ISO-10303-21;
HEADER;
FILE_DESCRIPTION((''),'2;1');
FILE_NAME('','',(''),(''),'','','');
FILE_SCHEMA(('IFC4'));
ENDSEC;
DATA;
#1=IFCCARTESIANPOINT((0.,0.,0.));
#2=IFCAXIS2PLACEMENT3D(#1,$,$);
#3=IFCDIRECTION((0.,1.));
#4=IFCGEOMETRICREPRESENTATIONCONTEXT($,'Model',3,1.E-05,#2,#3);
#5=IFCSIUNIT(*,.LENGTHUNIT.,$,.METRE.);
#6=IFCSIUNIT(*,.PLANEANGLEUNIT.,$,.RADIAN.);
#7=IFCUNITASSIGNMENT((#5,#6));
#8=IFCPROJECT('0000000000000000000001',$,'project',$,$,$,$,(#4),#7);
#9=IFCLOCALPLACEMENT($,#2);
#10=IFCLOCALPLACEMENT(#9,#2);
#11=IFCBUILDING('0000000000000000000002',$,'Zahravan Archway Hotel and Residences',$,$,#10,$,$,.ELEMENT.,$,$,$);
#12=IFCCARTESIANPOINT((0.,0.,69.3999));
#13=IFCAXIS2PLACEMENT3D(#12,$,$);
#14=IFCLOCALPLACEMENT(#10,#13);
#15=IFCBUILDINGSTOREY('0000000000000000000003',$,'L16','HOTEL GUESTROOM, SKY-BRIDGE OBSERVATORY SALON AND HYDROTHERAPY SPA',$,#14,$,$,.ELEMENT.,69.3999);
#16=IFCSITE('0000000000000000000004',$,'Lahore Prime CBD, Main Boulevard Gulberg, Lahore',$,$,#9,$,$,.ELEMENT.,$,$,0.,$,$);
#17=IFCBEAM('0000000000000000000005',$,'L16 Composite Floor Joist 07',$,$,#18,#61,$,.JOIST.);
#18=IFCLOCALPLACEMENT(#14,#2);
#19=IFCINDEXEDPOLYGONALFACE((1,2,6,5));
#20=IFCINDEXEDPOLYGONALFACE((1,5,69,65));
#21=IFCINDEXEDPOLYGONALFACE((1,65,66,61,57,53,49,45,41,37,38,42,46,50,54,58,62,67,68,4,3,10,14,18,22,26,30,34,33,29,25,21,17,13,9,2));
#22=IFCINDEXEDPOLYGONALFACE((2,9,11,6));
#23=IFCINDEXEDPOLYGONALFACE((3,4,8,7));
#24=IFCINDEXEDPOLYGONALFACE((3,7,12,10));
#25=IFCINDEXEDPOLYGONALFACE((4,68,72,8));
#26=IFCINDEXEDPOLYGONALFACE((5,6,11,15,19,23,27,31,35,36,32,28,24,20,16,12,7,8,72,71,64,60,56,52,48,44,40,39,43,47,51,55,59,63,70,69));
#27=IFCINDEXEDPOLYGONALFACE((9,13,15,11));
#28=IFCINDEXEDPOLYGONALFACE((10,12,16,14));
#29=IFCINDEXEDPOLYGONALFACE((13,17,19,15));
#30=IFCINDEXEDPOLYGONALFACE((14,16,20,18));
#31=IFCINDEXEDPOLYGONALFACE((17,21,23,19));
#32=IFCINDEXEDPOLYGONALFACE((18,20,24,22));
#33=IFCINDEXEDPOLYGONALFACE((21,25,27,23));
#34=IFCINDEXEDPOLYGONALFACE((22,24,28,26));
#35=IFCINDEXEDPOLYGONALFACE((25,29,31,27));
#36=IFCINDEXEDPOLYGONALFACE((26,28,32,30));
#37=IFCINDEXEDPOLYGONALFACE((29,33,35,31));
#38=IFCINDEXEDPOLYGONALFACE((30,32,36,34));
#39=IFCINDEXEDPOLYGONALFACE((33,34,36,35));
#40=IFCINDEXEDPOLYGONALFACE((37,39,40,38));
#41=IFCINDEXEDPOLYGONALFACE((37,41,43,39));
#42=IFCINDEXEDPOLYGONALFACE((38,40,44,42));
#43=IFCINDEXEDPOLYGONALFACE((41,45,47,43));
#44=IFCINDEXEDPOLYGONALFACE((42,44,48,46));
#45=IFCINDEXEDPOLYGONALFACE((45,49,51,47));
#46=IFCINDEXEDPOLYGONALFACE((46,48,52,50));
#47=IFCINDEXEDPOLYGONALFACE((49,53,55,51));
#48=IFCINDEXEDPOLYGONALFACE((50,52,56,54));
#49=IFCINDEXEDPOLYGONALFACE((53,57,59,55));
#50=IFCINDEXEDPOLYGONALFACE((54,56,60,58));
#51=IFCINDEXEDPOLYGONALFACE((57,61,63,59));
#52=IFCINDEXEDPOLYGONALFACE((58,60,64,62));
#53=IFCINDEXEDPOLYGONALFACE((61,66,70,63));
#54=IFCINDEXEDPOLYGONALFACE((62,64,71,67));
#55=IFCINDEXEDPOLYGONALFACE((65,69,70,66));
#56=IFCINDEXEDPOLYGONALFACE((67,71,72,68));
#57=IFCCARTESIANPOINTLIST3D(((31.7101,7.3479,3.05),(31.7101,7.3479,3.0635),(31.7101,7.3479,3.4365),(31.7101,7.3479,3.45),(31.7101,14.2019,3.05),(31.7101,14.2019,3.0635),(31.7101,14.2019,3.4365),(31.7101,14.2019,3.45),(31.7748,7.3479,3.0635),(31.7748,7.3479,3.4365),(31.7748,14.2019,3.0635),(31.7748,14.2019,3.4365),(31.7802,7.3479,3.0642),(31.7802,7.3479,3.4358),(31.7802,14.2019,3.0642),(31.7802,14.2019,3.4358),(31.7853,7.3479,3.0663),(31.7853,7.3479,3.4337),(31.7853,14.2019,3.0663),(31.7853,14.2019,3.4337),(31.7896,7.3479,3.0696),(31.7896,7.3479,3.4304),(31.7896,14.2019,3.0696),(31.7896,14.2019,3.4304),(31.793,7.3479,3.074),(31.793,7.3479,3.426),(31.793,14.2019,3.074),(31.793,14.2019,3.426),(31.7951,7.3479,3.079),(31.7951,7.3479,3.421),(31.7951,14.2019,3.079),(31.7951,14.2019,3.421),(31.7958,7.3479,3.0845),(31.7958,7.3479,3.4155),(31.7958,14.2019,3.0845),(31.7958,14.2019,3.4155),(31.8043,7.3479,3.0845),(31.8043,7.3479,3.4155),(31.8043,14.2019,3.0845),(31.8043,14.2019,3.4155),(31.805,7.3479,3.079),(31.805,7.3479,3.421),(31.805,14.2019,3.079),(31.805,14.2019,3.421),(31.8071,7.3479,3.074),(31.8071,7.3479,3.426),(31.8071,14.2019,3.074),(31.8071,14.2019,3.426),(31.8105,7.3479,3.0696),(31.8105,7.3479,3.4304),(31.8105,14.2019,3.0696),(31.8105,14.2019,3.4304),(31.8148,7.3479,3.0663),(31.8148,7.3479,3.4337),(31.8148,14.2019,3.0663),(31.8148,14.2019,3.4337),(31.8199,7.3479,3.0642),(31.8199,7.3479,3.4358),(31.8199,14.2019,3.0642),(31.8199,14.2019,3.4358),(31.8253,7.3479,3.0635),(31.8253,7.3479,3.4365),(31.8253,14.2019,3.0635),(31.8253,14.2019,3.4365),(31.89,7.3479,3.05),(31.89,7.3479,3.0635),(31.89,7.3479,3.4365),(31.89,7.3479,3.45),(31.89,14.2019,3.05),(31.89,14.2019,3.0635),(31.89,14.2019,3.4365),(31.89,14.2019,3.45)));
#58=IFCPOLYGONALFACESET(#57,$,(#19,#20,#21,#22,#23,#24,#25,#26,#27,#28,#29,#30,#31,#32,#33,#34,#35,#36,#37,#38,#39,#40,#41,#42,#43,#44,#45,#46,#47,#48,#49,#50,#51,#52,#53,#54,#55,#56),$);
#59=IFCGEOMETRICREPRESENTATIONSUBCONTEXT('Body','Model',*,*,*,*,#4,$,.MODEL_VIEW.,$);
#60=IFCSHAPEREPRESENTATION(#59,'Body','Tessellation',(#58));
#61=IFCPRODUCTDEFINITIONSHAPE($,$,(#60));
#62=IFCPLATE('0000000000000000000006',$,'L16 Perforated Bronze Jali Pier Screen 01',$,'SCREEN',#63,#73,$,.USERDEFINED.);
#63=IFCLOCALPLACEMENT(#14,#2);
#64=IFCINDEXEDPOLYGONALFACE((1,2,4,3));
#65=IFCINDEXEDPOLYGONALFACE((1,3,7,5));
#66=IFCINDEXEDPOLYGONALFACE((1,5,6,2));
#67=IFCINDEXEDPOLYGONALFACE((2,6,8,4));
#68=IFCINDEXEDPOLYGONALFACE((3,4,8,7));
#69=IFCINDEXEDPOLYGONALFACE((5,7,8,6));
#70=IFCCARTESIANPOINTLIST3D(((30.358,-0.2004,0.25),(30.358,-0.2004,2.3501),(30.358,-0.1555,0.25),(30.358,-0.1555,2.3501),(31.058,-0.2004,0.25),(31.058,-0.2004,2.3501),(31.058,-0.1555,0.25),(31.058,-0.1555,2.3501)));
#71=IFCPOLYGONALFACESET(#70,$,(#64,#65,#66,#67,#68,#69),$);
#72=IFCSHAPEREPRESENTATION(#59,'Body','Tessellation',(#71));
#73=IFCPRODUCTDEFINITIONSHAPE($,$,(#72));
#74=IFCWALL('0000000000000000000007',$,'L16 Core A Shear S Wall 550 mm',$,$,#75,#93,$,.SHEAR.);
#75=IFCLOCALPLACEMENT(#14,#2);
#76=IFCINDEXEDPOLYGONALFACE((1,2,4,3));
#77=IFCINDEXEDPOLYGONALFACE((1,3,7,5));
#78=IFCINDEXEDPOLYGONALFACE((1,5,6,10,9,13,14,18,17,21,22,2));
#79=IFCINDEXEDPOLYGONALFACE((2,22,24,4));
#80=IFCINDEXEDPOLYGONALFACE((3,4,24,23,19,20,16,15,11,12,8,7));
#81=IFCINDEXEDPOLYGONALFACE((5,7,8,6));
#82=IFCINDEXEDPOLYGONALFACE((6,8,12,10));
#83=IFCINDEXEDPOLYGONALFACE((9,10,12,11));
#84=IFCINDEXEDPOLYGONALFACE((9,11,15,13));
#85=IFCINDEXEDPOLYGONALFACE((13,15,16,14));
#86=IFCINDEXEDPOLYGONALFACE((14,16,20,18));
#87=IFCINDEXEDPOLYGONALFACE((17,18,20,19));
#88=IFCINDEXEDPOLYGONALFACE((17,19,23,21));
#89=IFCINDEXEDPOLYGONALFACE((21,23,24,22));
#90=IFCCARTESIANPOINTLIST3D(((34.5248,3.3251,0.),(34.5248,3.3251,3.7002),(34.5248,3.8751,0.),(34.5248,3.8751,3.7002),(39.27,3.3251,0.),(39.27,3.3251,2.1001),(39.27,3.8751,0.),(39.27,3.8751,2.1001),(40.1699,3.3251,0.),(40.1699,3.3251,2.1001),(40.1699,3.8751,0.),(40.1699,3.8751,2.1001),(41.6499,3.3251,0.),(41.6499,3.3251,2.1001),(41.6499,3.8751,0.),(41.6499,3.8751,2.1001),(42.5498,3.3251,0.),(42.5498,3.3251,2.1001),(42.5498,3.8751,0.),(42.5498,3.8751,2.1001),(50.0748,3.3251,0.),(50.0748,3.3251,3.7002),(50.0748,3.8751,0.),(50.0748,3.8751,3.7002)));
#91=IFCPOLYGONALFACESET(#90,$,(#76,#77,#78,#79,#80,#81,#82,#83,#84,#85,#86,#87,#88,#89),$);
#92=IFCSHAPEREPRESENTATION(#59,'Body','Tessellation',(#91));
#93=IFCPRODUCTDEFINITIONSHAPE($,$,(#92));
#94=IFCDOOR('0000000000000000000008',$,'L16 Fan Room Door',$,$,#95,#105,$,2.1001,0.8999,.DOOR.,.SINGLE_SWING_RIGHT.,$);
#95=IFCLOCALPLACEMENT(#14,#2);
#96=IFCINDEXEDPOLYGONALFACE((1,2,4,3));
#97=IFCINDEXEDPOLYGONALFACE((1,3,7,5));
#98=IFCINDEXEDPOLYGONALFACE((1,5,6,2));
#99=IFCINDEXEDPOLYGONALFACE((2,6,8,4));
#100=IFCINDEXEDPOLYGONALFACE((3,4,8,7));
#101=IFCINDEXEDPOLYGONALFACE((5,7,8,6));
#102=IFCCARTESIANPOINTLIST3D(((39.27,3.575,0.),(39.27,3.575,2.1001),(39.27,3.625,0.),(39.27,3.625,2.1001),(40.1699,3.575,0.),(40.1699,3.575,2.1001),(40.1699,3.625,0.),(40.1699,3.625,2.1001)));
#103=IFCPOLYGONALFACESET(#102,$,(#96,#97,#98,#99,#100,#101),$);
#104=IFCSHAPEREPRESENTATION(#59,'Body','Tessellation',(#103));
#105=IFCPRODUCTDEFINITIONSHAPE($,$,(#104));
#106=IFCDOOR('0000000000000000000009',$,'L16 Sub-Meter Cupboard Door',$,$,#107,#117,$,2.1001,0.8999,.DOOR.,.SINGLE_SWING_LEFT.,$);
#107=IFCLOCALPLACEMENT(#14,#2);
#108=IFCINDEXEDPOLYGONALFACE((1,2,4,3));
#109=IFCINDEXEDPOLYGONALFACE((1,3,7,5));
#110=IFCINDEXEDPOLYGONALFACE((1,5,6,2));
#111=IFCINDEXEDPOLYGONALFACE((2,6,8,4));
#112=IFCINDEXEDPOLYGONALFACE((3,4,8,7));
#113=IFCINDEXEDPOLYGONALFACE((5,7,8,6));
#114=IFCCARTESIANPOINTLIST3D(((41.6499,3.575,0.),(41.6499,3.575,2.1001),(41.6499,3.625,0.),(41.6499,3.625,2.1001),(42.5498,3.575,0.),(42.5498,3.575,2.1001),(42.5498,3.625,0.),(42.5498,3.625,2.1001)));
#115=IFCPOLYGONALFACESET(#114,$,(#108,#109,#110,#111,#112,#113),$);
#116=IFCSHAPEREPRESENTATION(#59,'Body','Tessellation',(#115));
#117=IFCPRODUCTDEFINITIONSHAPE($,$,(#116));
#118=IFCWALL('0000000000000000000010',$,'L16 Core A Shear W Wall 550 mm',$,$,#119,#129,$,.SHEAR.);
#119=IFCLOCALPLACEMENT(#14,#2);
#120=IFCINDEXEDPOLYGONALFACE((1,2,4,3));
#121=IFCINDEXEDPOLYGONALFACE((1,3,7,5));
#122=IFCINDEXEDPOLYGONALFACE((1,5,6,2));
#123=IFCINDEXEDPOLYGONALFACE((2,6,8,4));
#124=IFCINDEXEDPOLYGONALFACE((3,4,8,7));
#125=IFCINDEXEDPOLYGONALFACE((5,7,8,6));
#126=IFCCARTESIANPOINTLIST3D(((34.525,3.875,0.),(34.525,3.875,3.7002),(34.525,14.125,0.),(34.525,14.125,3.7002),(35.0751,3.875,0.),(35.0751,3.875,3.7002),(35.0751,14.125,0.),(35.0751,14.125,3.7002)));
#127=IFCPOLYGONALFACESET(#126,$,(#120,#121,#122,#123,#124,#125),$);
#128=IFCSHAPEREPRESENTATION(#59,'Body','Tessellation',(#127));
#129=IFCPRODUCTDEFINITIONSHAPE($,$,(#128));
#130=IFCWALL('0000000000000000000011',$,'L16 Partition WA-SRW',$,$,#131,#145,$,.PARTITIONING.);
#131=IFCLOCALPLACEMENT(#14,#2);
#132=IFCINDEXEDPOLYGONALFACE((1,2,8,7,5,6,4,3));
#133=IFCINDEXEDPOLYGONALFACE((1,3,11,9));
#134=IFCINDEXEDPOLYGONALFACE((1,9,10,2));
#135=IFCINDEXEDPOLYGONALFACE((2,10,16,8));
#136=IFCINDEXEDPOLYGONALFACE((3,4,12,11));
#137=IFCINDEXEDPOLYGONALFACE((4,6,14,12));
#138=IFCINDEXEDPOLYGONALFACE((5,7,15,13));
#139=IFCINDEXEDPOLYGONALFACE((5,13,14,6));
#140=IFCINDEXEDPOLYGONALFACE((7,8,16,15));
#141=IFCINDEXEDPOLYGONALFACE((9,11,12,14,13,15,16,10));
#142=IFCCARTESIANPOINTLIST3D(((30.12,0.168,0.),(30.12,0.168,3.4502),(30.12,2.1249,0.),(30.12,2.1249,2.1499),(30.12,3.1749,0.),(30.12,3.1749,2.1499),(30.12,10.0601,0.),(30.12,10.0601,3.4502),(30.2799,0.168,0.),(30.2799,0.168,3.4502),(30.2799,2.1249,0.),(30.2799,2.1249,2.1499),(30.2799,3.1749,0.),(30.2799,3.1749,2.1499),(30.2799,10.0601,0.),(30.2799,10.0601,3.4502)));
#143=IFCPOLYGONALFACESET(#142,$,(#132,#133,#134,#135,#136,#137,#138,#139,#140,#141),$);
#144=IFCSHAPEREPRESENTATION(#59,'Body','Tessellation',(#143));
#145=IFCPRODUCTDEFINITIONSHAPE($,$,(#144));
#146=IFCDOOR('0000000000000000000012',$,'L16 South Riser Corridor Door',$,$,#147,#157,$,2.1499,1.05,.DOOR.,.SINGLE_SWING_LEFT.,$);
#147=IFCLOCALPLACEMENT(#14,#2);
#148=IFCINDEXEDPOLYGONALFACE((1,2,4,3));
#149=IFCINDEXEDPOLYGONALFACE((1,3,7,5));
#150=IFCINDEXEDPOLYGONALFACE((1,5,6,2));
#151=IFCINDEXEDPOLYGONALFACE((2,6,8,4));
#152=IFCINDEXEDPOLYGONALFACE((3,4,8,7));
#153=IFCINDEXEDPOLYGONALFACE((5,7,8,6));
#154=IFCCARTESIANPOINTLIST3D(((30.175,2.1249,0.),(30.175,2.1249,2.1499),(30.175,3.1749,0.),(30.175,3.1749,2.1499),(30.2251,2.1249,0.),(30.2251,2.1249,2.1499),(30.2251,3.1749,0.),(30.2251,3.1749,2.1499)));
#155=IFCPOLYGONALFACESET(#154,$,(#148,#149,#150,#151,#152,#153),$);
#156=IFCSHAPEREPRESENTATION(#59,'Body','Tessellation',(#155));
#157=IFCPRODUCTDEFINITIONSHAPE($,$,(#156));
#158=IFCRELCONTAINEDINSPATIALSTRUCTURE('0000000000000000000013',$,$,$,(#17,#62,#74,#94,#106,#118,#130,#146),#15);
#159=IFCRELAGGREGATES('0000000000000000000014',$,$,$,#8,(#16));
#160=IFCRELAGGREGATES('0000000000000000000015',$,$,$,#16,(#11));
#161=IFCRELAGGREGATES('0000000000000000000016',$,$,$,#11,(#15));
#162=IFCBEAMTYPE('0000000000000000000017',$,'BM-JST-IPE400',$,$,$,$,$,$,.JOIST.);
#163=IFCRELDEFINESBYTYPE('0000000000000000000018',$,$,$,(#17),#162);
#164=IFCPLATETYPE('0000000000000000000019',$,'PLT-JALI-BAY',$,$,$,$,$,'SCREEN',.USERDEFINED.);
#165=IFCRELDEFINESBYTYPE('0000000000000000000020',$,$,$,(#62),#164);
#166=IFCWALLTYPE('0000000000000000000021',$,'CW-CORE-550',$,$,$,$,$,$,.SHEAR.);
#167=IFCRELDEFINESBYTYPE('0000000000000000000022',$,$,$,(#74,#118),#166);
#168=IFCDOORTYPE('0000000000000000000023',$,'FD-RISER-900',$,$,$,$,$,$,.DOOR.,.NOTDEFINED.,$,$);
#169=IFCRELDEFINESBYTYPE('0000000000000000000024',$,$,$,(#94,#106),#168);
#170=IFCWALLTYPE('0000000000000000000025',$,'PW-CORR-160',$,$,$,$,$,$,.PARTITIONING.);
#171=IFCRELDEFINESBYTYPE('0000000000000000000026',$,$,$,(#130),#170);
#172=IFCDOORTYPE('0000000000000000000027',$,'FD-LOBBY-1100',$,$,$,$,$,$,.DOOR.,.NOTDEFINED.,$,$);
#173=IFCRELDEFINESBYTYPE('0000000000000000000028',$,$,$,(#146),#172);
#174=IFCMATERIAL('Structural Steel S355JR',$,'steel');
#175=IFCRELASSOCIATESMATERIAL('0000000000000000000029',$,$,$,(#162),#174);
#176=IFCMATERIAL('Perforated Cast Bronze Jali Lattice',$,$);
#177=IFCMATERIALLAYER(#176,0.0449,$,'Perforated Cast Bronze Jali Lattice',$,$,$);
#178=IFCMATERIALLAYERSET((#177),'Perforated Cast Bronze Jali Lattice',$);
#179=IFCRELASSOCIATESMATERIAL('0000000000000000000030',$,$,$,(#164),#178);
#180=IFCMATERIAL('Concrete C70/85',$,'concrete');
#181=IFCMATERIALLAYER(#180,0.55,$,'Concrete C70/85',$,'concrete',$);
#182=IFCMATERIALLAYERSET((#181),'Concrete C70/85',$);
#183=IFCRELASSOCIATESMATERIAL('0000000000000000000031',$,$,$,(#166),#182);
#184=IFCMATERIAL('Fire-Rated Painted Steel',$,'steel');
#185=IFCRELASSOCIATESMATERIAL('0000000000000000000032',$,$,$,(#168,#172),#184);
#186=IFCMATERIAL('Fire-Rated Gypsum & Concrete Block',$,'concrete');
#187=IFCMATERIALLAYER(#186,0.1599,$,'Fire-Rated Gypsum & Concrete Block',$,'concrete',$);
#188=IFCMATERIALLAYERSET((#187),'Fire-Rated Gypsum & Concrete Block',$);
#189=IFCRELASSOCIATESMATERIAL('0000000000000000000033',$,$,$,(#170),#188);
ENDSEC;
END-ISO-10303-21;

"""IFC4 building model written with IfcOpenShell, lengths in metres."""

from ifc_helpers import new_model, si_unit, direction, frame, frame_2d, origin, origin_2d, place, context, subcontext, project, spatial, rectangle, i_section, extrude, source, transform, mapped, material, layer, layer_set, material_profile, profile_set, type_object, type_shapes, element, fill, save


model = new_model("IFC4")

# Units and contexts
model_context = context("Model", 3, precision=1e-05, world=origin(), true_north=direction((0.0, 1.0)))
body_context = subcontext(model_context, "Body", "Model", "MODEL_VIEW")
ifc_project = project(units=[si_unit("LENGTHUNIT", "METRE"), si_unit("PLANEANGLEUNIT", "RADIAN")], contexts=[model_context])

# Site, building, storey
site_placement = place(None, origin())
site = spatial("IfcSite", under=ifc_project, at=site_placement, Name="Lahore Prime CBD, Main Boulevard Gulberg, Lahore", CompositionType="ELEMENT", RefElevation=0.0)
building_placement = place(site_placement, origin())
building = spatial("IfcBuilding", under=site, at=building_placement, Name="Zahravan Archway Hotel and Residences", CompositionType="ELEMENT")
storey_placement = place(building_placement, frame((0.0, 0.0, 69.3999)))
storey = spatial("IfcBuildingStorey", under=building, at=storey_placement, Name="L16", Description="HOTEL GUESTROOM, SKY-BRIDGE OBSERVATORY SALON AND HYDROTHERAPY SPA", CompositionType="ELEMENT", Elevation=69.3999)

# Shared definitions
ifc_material_1 = material(Name="Concrete C70/85", Category="concrete")

# Beam
ifc_material_2 = material(Name="Structural Steel S355JR", Category="steel")
ifc_material_profile_1 = material_profile(ifc_material_2, i_section(OverallWidth=0.1799, OverallDepth=0.3999, WebThickness=0.0085, FlangeThickness=0.0134, FilletRadius=0.021, at=origin_2d()), Name="IPE 400", Category="steel")
ifc_profile_set_1 = profile_set([ifc_material_profile_1], Name="Structural Steel S355JR")
beam_type_1 = type_object("IfcBeamType", Name="BM-JST-IPE400", PredefinedType="JOIST", material=ifc_profile_set_1)
shared_shape_1 = source(origin(), body_context, "Body", "SweptSolid", [
    extrude(i_section(OverallWidth=0.1799, OverallDepth=0.3999, WebThickness=0.0085, FlangeThickness=0.0134, FilletRadius=0.021, at=origin_2d()), origin(), (0.0, 0.0, 1.0), 6.854),
])
beam_1_placement = place(storey_placement, frame((31.8, 7.3479, 3.25), z_axis=(0.0, 1.0, 0.0), x_axis=(-1.0, 0.0, 0.0)))
element("IfcBeam", 1, at=beam_1_placement, inside=storey, type_object=beam_type_1, Name="L16 Composite Floor Joist 07", PredefinedType="JOIST", context=body_context, shape_type="MappedRepresentation", body=[
    mapped(shared_shape_1, transform((0.0, 0.0, 0.0), scale=1.0)),
])

# Plate
ifc_material_3 = material(Name="Perforated Cast Bronze Jali Lattice")
ifc_layer_1 = layer(ifc_material_3, 0.0449, Name="Perforated Cast Bronze Jali Lattice")
ifc_layer_set_1 = layer_set([ifc_layer_1], Name="Perforated Cast Bronze Jali Lattice")
plate_type = type_object("IfcPlateType", Name="PLT-JALI-BAY", ElementType="SCREEN", PredefinedType="USERDEFINED", material=ifc_layer_set_1)
shared_shape_2 = source(origin(), body_context, "Body", "SweptSolid", [
    extrude(rectangle(XDim=0.7, YDim=0.0449, at=origin_2d()), origin(), (0.0, 0.0, 1.0), 2.1001),
])
type_shapes(plate_type, [shared_shape_2])
plate_placement = place(storey_placement, frame((30.708, -0.178, 0.25), z_axis=(0.0, 0.0, 1.0), x_axis=(1.0, 0.0, 0.0)))
element("IfcPlate", 2, at=plate_placement, inside=storey, type_object=plate_type, Name="L16 Perforated Bronze Jali Pier Screen 01", ObjectType="SCREEN", PredefinedType="USERDEFINED", context=body_context, shape_type="MappedRepresentation", body=[
    mapped(shared_shape_2, transform((0.0, 0.0, 0.0), scale=1.0)),
])

# Wall, openings, doors
ifc_layer_2 = layer(ifc_material_1, 0.55, Name="Concrete C70/85", Category="concrete")
ifc_layer_set_2 = layer_set([ifc_layer_2], Name="Concrete C70/85")
wall_type_1 = type_object("IfcWallType", Name="CW-CORE-550", PredefinedType="SHEAR", material=ifc_layer_set_2)
wall_1_placement = place(storey_placement, frame((34.5249, 3.6001, 0.0), z_axis=(0.0, 0.0, 1.0), x_axis=(1.0, 0.0, 0.0)))
wall_1 = element("IfcWall", 3, at=wall_1_placement, inside=storey, type_object=wall_type_1, Name="L16 Core A Shear S Wall 550 mm", PredefinedType="SHEAR", context=body_context, shape_type="SweptSolid", body=[
    extrude(rectangle(XDim=15.55, YDim=0.55, at=frame_2d((7.7749, 0.0))), origin(), (0.0, 0.0, 1.0), 3.7002),
])
opening_1_placement = place(wall_1_placement, frame((4.7451, 0.0, 0.0)))
opening_1 = element("IfcOpeningElement", 4, at=opening_1_placement, cuts=wall_1, PredefinedType="OPENING", context=body_context, shape_type="SweptSolid", body=[
    extrude(rectangle(XDim=0.8999, YDim=2.1001, at=frame_2d((0.45, 1.05))), frame((0.0, 0.2852, 0.0), z_axis=(0.0, -1.0, 0.0), x_axis=(1.0, 0.0, 0.0)), (0.0, 0.0, 1.0), 0.5701),
])
opening_2_placement = place(wall_1_placement, frame((7.125, 0.0, 0.0)))
opening_2 = element("IfcOpeningElement", 5, at=opening_2_placement, cuts=wall_1, PredefinedType="OPENING", context=body_context, shape_type="SweptSolid", body=[
    extrude(rectangle(XDim=0.8999, YDim=2.1001, at=frame_2d((0.45, 1.05))), frame((0.0, 0.2852, 0.0), z_axis=(0.0, -1.0, 0.0), x_axis=(1.0, 0.0, 0.0)), (0.0, 0.0, 1.0), 0.5701),
])
ifc_material_4 = material(Name="Fire-Rated Painted Steel", Category="steel")
door_type_1 = type_object("IfcDoorType", Name="FD-RISER-900", OperationType="NOTDEFINED", PredefinedType="DOOR", material=ifc_material_4)
shared_shape_3 = source(origin(), body_context, "Body", "SweptSolid", [
    extrude(rectangle(XDim=0.8999, YDim=2.1001, at=frame_2d((0.45, 1.05))), frame((0.0, 0.0249, 0.0), z_axis=(0.0, -1.0, 0.0), x_axis=(1.0, 0.0, 0.0)), (0.0, 0.0, 1.0), 0.05),
])
type_shapes(door_type_1, [shared_shape_3])
door_1_placement = place(opening_1_placement, origin())
door_1 = element("IfcDoor", 6, at=door_1_placement, inside=storey, type_object=door_type_1, Name="L16 Fan Room Door", OperationType="SINGLE_SWING_RIGHT", OverallHeight=2.1001, OverallWidth=0.8999, PredefinedType="DOOR", context=body_context, shape_type="MappedRepresentation", body=[
    mapped(shared_shape_3, transform((0.0, 0.0, 0.0), scale=1.0)),
])
fill(opening_1, door_1)
door_2_placement = place(opening_2_placement, origin())
door_2 = element("IfcDoor", 7, at=door_2_placement, inside=storey, type_object=door_type_1, Name="L16 Sub-Meter Cupboard Door", OperationType="SINGLE_SWING_LEFT", OverallHeight=2.1001, OverallWidth=0.8999, PredefinedType="DOOR", context=body_context, shape_type="MappedRepresentation", body=[
    mapped(shared_shape_3, transform((0.0, 0.0, 0.0), scale=1.0)),
])
fill(opening_2, door_2)

# Wall
wall_2_placement = place(storey_placement, frame((34.8, 3.875, 0.0), z_axis=(0.0, 0.0, 1.0), x_axis=(0.0, 1.0, 0.0)))
element("IfcWall", 8, at=wall_2_placement, inside=storey, type_object=wall_type_1, Name="L16 Core A Shear W Wall 550 mm", PredefinedType="SHEAR", context=body_context, shape_type="SweptSolid", body=[
    extrude(rectangle(XDim=10.25, YDim=0.55, at=frame_2d((5.125, 0.0))), origin(), (0.0, 0.0, 1.0), 3.7002),
])

# Wall, opening, door
ifc_material_5 = material(Name="Fire-Rated Gypsum & Concrete Block", Category="concrete")
ifc_layer_3 = layer(ifc_material_5, 0.1599, Name="Fire-Rated Gypsum & Concrete Block", Category="concrete")
ifc_layer_set_3 = layer_set([ifc_layer_3], Name="Fire-Rated Gypsum & Concrete Block")
wall_type_2 = type_object("IfcWallType", Name="PW-CORR-160", PredefinedType="PARTITIONING", material=ifc_layer_set_3)
wall_3_placement = place(storey_placement, frame((30.2, 0.168, 0.0), z_axis=(0.0, 0.0, 1.0), x_axis=(0.0, 1.0, 0.0)))
wall_3 = element("IfcWall", 9, at=wall_3_placement, inside=storey, type_object=wall_type_2, Name="L16 Partition WA-SRW", PredefinedType="PARTITIONING", context=body_context, shape_type="SweptSolid", body=[
    extrude(rectangle(XDim=9.8921, YDim=0.1599, at=frame_2d((4.946, 0.0))), origin(), (0.0, 0.0, 1.0), 3.4502),
])
opening_3_placement = place(wall_3_placement, frame((1.957, 0.0, 0.0)))
opening_3 = element("IfcOpeningElement", 10, at=opening_3_placement, cuts=wall_3, PredefinedType="OPENING", context=body_context, shape_type="SweptSolid", body=[
    extrude(rectangle(XDim=1.05, YDim=2.1499, at=frame_2d((0.5249, 1.075))), frame((0.0, 0.0898, 0.0), z_axis=(0.0, -1.0, 0.0), x_axis=(1.0, 0.0, 0.0)), (0.0, 0.0, 1.0), 0.1799),
])
door_type_2 = type_object("IfcDoorType", Name="FD-LOBBY-1100", OperationType="NOTDEFINED", PredefinedType="DOOR", material=ifc_material_4)
shared_shape_4 = source(origin(), body_context, "Body", "SweptSolid", [
    extrude(rectangle(XDim=1.05, YDim=2.1499, at=frame_2d((0.5249, 1.075))), frame((0.0, 0.0249, 0.0), z_axis=(0.0, -1.0, 0.0), x_axis=(1.0, 0.0, 0.0)), (0.0, 0.0, 1.0), 0.05),
])
type_shapes(door_type_2, [shared_shape_4])
door_3_placement = place(opening_3_placement, origin())
door_3 = element("IfcDoor", 11, at=door_3_placement, inside=storey, type_object=door_type_2, Name="L16 South Riser Corridor Door", OperationType="SINGLE_SWING_LEFT", OverallHeight=2.1499, OverallWidth=1.05, PredefinedType="DOOR", context=body_context, shape_type="MappedRepresentation", body=[
    mapped(shared_shape_4, transform((0.0, 0.0, 0.0), scale=1.0)),
])
fill(opening_3, door_3)

save(model, "model.ifc")
